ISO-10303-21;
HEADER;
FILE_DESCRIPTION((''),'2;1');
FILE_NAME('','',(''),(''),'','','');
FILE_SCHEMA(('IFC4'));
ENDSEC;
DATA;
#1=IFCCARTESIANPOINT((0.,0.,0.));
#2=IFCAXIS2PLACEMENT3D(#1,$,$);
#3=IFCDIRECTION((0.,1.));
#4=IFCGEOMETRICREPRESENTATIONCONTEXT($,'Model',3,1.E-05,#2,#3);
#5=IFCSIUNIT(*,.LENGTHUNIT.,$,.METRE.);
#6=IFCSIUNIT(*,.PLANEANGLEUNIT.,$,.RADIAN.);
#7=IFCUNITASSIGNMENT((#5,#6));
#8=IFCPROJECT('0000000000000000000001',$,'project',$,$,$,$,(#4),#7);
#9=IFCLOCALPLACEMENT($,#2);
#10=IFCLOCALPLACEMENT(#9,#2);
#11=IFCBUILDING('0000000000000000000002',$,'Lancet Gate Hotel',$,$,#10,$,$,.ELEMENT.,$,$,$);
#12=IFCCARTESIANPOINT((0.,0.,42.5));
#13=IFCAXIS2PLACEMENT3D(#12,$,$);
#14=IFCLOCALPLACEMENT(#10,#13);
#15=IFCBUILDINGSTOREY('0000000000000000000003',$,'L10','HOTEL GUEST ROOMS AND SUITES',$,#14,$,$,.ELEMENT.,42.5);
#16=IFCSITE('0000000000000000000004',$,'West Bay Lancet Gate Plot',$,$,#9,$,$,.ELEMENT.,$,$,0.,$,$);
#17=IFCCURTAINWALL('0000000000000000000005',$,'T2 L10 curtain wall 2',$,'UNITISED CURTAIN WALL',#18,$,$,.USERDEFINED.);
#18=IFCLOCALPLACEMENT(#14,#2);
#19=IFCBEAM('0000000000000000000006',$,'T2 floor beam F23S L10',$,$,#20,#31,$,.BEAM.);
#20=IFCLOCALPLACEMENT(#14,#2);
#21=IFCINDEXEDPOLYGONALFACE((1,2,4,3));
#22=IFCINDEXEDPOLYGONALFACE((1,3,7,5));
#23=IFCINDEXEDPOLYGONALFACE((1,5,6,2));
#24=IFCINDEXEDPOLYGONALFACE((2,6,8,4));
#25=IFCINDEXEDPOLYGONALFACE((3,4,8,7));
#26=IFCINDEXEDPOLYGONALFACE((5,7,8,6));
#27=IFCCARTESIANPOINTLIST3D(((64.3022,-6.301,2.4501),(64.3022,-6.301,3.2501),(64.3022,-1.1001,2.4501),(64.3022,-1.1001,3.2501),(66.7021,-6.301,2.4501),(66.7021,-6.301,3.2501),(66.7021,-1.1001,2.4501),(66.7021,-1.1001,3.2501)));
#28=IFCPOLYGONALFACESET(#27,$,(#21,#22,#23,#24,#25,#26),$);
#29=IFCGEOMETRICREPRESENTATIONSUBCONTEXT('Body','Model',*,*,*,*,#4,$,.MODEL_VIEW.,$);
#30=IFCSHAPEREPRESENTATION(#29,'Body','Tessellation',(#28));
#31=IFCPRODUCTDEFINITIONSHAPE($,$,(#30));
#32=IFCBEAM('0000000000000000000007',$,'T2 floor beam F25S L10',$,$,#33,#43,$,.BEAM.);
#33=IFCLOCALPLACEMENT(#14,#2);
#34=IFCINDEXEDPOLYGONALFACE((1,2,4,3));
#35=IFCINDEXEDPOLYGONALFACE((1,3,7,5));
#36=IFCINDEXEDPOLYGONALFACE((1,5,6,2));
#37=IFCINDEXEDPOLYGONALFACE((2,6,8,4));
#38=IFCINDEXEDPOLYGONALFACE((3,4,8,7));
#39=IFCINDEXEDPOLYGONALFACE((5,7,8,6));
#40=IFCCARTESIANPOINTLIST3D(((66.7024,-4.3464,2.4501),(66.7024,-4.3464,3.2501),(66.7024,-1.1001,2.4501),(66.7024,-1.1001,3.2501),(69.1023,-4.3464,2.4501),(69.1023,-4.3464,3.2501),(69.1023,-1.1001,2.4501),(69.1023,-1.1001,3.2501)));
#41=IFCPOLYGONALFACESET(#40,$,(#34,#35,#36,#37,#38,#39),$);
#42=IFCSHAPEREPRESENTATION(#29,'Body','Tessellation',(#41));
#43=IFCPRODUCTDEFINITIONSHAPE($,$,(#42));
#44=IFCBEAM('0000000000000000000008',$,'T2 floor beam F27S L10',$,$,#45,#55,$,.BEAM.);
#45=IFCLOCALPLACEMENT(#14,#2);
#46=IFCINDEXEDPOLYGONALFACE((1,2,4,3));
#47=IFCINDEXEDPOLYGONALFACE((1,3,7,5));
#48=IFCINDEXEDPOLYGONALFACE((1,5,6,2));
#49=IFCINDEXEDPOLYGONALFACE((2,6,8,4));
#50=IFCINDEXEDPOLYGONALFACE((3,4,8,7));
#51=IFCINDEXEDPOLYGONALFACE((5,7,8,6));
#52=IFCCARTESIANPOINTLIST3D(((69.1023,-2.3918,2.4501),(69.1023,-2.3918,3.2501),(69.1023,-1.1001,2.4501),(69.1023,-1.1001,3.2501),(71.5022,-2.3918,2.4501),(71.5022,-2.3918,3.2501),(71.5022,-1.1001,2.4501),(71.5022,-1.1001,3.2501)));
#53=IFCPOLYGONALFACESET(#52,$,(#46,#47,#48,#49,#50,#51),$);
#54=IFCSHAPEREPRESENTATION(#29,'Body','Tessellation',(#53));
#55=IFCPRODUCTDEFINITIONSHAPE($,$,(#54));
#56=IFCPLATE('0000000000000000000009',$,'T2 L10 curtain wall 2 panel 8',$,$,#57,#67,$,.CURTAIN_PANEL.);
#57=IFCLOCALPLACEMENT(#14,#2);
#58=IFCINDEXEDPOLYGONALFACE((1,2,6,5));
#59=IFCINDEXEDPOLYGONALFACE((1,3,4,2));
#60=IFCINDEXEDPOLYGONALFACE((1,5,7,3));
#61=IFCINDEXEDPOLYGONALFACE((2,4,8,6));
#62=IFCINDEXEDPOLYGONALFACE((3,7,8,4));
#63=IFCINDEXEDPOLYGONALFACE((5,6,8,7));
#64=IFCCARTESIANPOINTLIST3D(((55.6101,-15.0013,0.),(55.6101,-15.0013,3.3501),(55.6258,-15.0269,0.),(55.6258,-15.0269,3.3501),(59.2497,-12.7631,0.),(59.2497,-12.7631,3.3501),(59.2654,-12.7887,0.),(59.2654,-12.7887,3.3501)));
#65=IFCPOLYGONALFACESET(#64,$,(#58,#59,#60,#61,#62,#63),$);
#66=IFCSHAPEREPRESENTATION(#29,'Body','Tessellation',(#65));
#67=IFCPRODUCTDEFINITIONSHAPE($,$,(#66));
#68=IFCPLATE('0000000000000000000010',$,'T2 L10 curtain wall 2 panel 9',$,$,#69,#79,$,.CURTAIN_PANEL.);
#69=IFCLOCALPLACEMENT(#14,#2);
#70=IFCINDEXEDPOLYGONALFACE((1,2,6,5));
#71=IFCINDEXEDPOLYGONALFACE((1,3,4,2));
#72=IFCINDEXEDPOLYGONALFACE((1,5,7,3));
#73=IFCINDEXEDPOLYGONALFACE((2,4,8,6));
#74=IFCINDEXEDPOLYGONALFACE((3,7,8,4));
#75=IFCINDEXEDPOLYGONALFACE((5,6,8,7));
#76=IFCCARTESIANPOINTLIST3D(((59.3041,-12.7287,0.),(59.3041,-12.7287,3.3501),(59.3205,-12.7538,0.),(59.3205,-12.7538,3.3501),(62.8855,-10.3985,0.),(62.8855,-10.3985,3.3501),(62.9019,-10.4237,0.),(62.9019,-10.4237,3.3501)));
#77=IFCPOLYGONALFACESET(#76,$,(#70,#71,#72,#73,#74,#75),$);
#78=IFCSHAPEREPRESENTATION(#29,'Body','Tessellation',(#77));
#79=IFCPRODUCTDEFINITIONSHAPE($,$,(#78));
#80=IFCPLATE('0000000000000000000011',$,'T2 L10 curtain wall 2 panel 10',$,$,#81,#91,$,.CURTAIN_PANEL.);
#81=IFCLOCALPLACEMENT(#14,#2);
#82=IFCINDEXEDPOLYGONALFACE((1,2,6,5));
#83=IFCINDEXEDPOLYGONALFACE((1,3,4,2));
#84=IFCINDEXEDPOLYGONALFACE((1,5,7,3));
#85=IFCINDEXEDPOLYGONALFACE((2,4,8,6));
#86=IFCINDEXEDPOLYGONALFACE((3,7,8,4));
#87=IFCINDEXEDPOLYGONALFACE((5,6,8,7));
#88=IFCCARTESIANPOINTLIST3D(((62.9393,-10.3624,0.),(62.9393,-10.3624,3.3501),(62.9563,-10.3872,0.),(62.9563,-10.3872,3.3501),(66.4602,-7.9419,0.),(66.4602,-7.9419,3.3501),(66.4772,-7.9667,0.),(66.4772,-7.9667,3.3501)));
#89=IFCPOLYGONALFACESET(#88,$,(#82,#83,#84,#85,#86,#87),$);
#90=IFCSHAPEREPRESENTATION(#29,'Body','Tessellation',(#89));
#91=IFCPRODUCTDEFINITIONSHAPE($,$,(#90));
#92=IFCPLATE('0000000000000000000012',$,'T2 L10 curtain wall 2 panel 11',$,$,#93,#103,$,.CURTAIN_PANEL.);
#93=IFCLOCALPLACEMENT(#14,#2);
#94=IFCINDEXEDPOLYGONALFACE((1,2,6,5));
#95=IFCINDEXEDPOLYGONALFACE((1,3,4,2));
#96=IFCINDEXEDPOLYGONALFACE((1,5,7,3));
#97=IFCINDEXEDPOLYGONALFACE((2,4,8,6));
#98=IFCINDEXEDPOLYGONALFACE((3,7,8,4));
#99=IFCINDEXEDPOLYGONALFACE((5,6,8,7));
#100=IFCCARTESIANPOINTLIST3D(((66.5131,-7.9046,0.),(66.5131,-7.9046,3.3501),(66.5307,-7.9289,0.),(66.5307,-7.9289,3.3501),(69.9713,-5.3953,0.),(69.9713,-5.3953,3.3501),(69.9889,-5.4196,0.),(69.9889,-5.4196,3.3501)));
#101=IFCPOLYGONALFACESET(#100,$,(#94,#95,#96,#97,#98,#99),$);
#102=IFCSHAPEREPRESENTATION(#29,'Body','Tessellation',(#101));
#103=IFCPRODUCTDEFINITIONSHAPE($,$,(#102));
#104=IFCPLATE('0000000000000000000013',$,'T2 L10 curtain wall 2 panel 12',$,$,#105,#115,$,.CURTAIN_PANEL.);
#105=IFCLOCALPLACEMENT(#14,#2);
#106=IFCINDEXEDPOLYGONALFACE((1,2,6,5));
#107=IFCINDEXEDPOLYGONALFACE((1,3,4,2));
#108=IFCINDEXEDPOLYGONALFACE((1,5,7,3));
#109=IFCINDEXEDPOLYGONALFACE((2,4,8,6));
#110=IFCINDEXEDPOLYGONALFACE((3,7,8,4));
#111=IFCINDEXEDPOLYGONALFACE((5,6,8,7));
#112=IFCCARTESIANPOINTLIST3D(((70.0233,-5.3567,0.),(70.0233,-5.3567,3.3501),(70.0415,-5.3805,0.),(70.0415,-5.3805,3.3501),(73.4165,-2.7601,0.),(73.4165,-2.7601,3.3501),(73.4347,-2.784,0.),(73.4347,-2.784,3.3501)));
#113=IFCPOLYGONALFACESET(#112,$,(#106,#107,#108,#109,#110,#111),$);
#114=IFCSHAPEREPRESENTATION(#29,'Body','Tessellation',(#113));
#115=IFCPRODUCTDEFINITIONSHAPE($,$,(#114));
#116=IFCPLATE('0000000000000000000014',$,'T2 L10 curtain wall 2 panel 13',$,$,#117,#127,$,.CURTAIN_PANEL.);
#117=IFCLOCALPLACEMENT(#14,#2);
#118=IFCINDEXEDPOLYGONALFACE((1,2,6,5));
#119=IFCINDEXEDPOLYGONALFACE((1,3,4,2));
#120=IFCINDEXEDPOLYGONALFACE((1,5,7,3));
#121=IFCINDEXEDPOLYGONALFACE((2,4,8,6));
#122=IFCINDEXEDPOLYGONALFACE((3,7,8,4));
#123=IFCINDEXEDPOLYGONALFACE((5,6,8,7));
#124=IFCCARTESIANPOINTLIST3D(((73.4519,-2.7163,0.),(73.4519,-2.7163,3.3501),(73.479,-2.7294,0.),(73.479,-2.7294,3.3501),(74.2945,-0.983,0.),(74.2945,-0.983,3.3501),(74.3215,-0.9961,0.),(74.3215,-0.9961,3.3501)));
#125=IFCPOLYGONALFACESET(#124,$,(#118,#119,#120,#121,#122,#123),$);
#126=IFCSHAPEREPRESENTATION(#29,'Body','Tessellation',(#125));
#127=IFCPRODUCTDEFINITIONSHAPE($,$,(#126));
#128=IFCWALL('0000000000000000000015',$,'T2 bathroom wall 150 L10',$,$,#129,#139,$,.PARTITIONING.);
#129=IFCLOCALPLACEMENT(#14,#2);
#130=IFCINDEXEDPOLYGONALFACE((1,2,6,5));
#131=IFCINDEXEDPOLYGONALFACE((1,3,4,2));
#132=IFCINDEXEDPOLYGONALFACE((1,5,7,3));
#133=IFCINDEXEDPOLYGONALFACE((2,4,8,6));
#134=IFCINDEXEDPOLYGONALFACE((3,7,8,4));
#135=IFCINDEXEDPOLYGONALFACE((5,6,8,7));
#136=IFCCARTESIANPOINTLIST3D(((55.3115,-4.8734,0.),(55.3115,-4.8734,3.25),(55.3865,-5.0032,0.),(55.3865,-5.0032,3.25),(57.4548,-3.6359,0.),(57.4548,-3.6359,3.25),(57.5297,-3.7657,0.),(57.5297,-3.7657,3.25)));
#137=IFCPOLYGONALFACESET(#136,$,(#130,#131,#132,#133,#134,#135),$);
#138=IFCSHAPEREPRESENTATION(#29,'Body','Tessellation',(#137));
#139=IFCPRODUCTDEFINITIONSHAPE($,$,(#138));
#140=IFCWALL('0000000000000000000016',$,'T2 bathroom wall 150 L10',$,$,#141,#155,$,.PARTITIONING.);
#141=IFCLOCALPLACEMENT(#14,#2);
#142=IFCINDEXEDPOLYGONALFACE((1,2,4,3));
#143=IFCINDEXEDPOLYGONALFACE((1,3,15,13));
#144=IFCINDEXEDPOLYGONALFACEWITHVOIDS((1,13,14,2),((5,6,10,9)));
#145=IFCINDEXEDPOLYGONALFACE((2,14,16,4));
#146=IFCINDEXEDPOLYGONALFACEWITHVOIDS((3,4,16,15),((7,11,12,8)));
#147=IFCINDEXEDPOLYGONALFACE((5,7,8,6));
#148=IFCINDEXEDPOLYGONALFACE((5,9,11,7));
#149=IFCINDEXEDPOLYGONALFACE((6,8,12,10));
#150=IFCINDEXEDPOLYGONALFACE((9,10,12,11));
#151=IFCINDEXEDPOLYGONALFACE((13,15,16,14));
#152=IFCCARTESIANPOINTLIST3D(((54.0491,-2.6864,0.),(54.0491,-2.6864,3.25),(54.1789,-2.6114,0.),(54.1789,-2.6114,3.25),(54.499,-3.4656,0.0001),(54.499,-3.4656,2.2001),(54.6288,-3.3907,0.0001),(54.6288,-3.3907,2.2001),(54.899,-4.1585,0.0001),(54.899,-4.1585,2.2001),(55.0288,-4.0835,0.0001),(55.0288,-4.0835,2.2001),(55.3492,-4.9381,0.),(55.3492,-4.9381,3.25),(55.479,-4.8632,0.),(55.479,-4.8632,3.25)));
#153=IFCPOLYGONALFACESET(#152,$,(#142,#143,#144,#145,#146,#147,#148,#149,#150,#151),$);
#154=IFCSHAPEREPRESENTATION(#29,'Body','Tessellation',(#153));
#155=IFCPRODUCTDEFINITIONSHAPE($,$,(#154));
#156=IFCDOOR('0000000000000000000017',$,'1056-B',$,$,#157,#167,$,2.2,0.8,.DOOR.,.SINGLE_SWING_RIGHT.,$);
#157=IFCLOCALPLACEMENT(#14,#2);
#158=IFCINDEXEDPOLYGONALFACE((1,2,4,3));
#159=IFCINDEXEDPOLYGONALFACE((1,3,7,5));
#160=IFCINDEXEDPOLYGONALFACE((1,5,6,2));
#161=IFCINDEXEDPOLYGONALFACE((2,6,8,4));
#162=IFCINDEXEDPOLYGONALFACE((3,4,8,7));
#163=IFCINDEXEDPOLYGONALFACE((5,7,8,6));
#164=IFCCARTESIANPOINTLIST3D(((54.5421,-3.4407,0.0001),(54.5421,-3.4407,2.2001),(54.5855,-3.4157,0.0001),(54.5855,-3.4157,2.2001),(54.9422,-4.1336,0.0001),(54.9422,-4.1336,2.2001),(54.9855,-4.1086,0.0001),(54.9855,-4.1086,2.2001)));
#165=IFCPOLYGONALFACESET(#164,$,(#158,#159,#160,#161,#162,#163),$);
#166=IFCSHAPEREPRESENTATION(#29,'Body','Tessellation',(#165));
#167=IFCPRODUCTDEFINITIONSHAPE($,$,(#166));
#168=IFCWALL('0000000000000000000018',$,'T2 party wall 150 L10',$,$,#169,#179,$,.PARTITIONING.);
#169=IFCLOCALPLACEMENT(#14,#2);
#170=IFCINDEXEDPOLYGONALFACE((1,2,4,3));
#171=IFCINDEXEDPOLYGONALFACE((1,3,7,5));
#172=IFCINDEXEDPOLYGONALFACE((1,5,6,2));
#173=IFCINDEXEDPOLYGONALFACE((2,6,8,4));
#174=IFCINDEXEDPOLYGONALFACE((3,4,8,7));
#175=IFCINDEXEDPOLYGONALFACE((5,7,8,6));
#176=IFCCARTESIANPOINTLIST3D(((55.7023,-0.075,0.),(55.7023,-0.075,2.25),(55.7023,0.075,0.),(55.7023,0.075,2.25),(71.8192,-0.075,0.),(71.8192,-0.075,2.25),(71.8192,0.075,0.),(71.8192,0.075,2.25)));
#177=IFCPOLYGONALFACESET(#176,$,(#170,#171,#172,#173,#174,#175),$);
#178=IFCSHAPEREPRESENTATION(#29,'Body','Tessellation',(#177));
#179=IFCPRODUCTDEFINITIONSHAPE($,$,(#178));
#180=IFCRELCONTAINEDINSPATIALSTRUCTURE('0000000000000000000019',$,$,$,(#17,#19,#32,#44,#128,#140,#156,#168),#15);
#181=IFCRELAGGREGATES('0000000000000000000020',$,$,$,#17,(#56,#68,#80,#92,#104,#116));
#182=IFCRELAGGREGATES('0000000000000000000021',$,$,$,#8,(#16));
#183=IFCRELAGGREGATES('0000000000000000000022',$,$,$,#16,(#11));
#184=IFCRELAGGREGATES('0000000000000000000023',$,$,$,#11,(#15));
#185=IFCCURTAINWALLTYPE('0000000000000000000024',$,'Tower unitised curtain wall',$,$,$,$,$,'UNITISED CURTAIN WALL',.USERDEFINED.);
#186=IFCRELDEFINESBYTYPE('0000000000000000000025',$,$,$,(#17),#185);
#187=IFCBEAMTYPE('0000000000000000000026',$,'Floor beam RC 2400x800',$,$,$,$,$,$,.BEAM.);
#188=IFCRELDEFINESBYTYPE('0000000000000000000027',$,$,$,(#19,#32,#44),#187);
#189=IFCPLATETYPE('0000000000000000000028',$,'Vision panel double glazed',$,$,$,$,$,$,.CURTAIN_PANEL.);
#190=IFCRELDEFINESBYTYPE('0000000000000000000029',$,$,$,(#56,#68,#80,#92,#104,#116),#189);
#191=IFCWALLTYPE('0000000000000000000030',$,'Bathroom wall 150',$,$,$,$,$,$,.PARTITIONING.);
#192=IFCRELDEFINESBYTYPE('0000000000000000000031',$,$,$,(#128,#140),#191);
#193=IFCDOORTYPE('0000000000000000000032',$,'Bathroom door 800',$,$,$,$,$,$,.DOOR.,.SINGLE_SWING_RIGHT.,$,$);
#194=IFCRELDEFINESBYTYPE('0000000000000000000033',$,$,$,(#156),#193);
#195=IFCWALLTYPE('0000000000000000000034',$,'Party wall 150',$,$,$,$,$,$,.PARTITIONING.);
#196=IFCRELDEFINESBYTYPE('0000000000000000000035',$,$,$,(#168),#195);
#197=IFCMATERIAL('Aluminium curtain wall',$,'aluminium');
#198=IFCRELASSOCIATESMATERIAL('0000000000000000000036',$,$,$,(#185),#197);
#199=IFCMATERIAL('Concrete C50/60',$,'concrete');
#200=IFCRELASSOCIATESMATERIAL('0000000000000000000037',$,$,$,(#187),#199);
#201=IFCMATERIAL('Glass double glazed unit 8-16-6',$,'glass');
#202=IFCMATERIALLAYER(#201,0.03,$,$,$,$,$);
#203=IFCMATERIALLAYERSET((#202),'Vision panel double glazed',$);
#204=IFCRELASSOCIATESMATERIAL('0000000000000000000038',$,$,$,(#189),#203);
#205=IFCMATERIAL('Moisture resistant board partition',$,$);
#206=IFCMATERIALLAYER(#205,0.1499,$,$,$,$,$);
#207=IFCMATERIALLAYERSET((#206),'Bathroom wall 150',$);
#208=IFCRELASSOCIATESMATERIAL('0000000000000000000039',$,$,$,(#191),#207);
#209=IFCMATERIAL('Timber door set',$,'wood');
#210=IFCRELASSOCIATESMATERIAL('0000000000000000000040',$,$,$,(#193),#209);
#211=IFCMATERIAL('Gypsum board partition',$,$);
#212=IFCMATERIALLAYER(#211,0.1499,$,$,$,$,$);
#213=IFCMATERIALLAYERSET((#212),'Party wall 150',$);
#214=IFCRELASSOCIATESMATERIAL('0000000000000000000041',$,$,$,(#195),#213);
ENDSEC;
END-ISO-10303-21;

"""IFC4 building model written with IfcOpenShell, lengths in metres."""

from ifc_helpers import new_model, si_unit, direction, frame, frame_2d, origin, origin_2d, place, context, subcontext, project, spatial, rectangle, extrude, material, layer, layer_set, material_profile, profile_set, type_object, element, fill, aggregate, save


model = new_model("IFC4")

# Units and contexts
model_context = context("Model", 3, precision=1e-05, world=origin(), true_north=direction((0.0, 1.0)))
body_context = subcontext(model_context, "Body", "Model", "MODEL_VIEW")
ifc_project = project(units=[si_unit("LENGTHUNIT", "METRE"), si_unit("PLANEANGLEUNIT", "RADIAN")], contexts=[model_context])

# Site, building, storey
site_placement = place(None, origin())
site = spatial("IfcSite", under=ifc_project, at=site_placement, Name="West Bay Lancet Gate Plot", CompositionType="ELEMENT", RefElevation=0.0)
building_placement = place(site_placement, origin())
building = spatial("IfcBuilding", under=site, at=building_placement, Name="Lancet Gate Hotel", CompositionType="ELEMENT")
storey_placement = place(building_placement, frame((0.0, 0.0, 42.5)))
storey = spatial("IfcBuildingStorey", under=building, at=storey_placement, Name="L10", Description="HOTEL GUEST ROOMS AND SUITES", CompositionType="ELEMENT", Elevation=42.5)

# Curtain wall
ifc_material_1 = material(Name="Aluminium curtain wall", Category="aluminium")
curtain_wall_type = type_object("IfcCurtainWallType", Name="Tower unitised curtain wall", ElementType="UNITISED CURTAIN WALL", PredefinedType="USERDEFINED", material=ifc_material_1)
curtain_wall_placement = place(storey_placement, origin())
curtain_wall = element("IfcCurtainWall", 1, at=curtain_wall_placement, inside=storey, type_object=curtain_wall_type, Name="T2 L10 curtain wall 2", ObjectType="UNITISED CURTAIN WALL", PredefinedType="USERDEFINED")

# Beams
ifc_material_2 = material(Name="Concrete C50/60", Category="concrete")
ifc_material_profile_1 = material_profile(ifc_material_2, rectangle(XDim=2.3999, YDim=0.8, at=origin_2d()), Name="RC 2400x800")
ifc_profile_set_1 = profile_set([ifc_material_profile_1], Name="Concrete C50/60")
beam_type_1 = type_object("IfcBeamType", Name="Floor beam RC 2400x800", PredefinedType="BEAM", material=ifc_profile_set_1)
beam_1_placement = place(storey_placement, frame((65.5022, -6.301, 2.8501), z_axis=(0.0, 1.0, 0.0), x_axis=(-1.0, 0.0, 0.0)))
element("IfcBeam", 2, at=beam_1_placement, inside=storey, type_object=beam_type_1, Name="T2 floor beam F23S L10", PredefinedType="BEAM", context=body_context, shape_type="SweptSolid", body=[
    extrude(rectangle(XDim=2.3999, YDim=0.8, at=origin_2d()), origin(), (0.0, 0.0, 1.0), 5.2009),
])
beam_2_placement = place(storey_placement, frame((67.9023, -4.3464, 2.8501), z_axis=(0.0, 1.0, 0.0), x_axis=(-1.0, 0.0, 0.0)))
element("IfcBeam", 3, at=beam_2_placement, inside=storey, type_object=beam_type_1, Name="T2 floor beam F25S L10", PredefinedType="BEAM", context=body_context, shape_type="SweptSolid", body=[
    extrude(rectangle(XDim=2.3999, YDim=0.8, at=origin_2d()), origin(), (0.0, 0.0, 1.0), 3.2463),
])
beam_3_placement = place(storey_placement, frame((70.3022, -2.3918, 2.8501), z_axis=(0.0, 1.0, 0.0), x_axis=(-1.0, 0.0, 0.0)))
element("IfcBeam", 4, at=beam_3_placement, inside=storey, type_object=beam_type_1, Name="T2 floor beam F27S L10", PredefinedType="BEAM", context=body_context, shape_type="SweptSolid", body=[
    extrude(rectangle(XDim=2.3999, YDim=0.8, at=origin_2d()), origin(), (0.0, 0.0, 1.0), 1.2917),
])

# Plates
ifc_material_3 = material(Name="Glass double glazed unit 8-16-6", Category="glass")
ifc_layer_1 = layer(ifc_material_3, 0.03)
ifc_layer_set_1 = layer_set([ifc_layer_1], Name="Vision panel double glazed")
plate_type = type_object("IfcPlateType", Name="Vision panel double glazed", PredefinedType="CURTAIN_PANEL", material=ifc_layer_set_1)
plate_1_placement = place(storey_placement, frame((57.4377, -13.895, 0.0), z_axis=(0.0, 0.0, 1.0), x_axis=(0.851815, 0.523842, 0.0)))
plate_1 = element("IfcPlate", 5, at=plate_1_placement, type_object=plate_type, Name="T2 L10 curtain wall 2 panel 8", PredefinedType="CURTAIN_PANEL", context=body_context, shape_type="SweptSolid", body=[
    extrude(rectangle(XDim=4.2727, YDim=0.03, at=origin_2d()), origin(), (0.0, 0.0, 1.0), 3.3501),
])
plate_2_placement = place(storey_placement, frame((61.103, -11.5762, 0.0), z_axis=(0.0, 0.0, 1.0), x_axis=(0.838207, 0.545353, 0.0)))
plate_2 = element("IfcPlate", 6, at=plate_2_placement, type_object=plate_type, Name="T2 L10 curtain wall 2 panel 9", PredefinedType="CURTAIN_PANEL", context=body_context, shape_type="SweptSolid", body=[
    extrude(rectangle(XDim=4.2727, YDim=0.03, at=origin_2d()), origin(), (0.0, 0.0, 1.0), 3.3501),
])
plate_3_placement = place(storey_placement, frame((64.7083, -9.1646, 0.0), z_axis=(0.0, 0.0, 1.0), x_axis=(0.824055, 0.566509, 0.0)))
plate_3 = element("IfcPlate", 7, at=plate_3_placement, type_object=plate_type, Name="T2 L10 curtain wall 2 panel 10", PredefinedType="CURTAIN_PANEL", context=body_context, shape_type="SweptSolid", body=[
    extrude(rectangle(XDim=4.2727, YDim=0.03, at=origin_2d()), origin(), (0.0, 0.0, 1.0), 3.3501),
])
plate_4_placement = place(storey_placement, frame((68.251, -6.6621, 0.0), z_axis=(0.0, 0.0, 1.0), x_axis=(0.80937, 0.587299, 0.0)))
plate_4 = element("IfcPlate", 8, at=plate_4_placement, type_object=plate_type, Name="T2 L10 curtain wall 2 panel 11", PredefinedType="CURTAIN_PANEL", context=body_context, shape_type="SweptSolid", body=[
    extrude(rectangle(XDim=4.2727, YDim=0.03, at=origin_2d()), origin(), (0.0, 0.0, 1.0), 3.3501),
])
plate_5_placement = place(storey_placement, frame((71.729, -4.0703, 0.0), z_axis=(0.0, 0.0, 1.0), x_axis=(0.79416, 0.607709, 0.0)))
plate_5 = element("IfcPlate", 9, at=plate_5_placement, type_object=plate_type, Name="T2 L10 curtain wall 2 panel 12", PredefinedType="CURTAIN_PANEL", context=body_context, shape_type="SweptSolid", body=[
    extrude(rectangle(XDim=4.2727, YDim=0.03, at=origin_2d()), origin(), (0.0, 0.0, 1.0), 3.3501),
])
plate_6_placement = place(storey_placement, frame((73.8867, -1.8562, 0.0), z_axis=(0.0, 0.0, 1.0), x_axis=(0.437169, 0.899379, 0.0)))
plate_6 = element("IfcPlate", 10, at=plate_6_placement, type_object=plate_type, Name="T2 L10 curtain wall 2 panel 13", PredefinedType="CURTAIN_PANEL", context=body_context, shape_type="SweptSolid", body=[
    extrude(rectangle(XDim=1.9272, YDim=0.03, at=origin_2d()), origin(), (0.0, 0.0, 1.0), 3.3501),
])
aggregate(curtain_wall, [plate_1, plate_2, plate_3, plate_4, plate_5, plate_6])

# Wall
ifc_material_4 = material(Name="Moisture resistant board partition")
ifc_layer_2 = layer(ifc_material_4, 0.1499)
ifc_layer_set_2 = layer_set([ifc_layer_2], Name="Bathroom wall 150")
wall_type_1 = type_object("IfcWallType", Name="Bathroom wall 150", PredefinedType="PARTITIONING", material=ifc_layer_set_2)
wall_1_placement = place(storey_placement, frame((55.3491, -4.9382, 0.0), z_axis=(0.0, 0.0, 1.0), x_axis=(0.866007, 0.500033, 0.0)))
element("IfcWall", 11, at=wall_1_placement, inside=storey, type_object=wall_type_1, Name="T2 bathroom wall 150 L10", PredefinedType="PARTITIONING", context=body_context, shape_type="SweptSolid", body=[
    extrude(rectangle(XDim=2.4749, YDim=0.1499, at=frame_2d((1.2373, 0.0))), origin(), (0.0, 0.0, 1.0), 3.25),
])

# Wall, opening, door
wall_2_placement = place(storey_placement, frame((54.114, -2.6489, 0.0), z_axis=(0.0, 0.0, 1.0), x_axis=(0.500007, -0.866021, 0.0)))
wall_2 = element("IfcWall", 12, at=wall_2_placement, inside=storey, type_object=wall_type_1, Name="T2 bathroom wall 150 L10", PredefinedType="PARTITIONING", context=body_context, shape_type="SweptSolid", body=[
    extrude(rectangle(XDim=2.6001, YDim=0.1499, at=frame_2d((1.3, 0.0))), origin(), (0.0, 0.0, 1.0), 3.25),
])
opening_placement = place(wall_2_placement, frame((0.8999, 0.0, 0.0)))
opening = element("IfcOpeningElement", 13, at=opening_placement, cuts=wall_2, PredefinedType="OPENING", context=body_context, shape_type="SweptSolid", body=[
    extrude(rectangle(XDim=0.8, YDim=2.2, at=frame_2d((0.3999, 1.1001))), frame((0.0, 0.085, 0.0), z_axis=(0.0, -1.0, 0.0), x_axis=(1.0, 0.0, 0.0)), (0.0, 0.0, 1.0), 0.1699),
])
ifc_material_5 = material(Name="Timber door set", Category="wood")
door_type = type_object("IfcDoorType", Name="Bathroom door 800", OperationType="SINGLE_SWING_RIGHT", PredefinedType="DOOR", material=ifc_material_5)
door_placement = place(opening_placement, origin())
door = element("IfcDoor", 14, at=door_placement, inside=storey, type_object=door_type, Name="1056-B", OperationType="SINGLE_SWING_RIGHT", OverallHeight=2.2, OverallWidth=0.8, PredefinedType="DOOR", context=body_context, shape_type="SweptSolid", body=[
    extrude(rectangle(XDim=0.8, YDim=2.2, at=frame_2d((0.3999, 1.1001))), frame((0.0, 0.0249, 0.0), z_axis=(0.0, -1.0, 0.0), x_axis=(1.0, 0.0, 0.0)), (0.0, 0.0, 1.0), 0.05),
])
fill(opening, door)

# Wall
ifc_material_6 = material(Name="Gypsum board partition")
ifc_layer_3 = layer(ifc_material_6, 0.1499)
ifc_layer_set_3 = layer_set([ifc_layer_3], Name="Party wall 150")
wall_type_2 = type_object("IfcWallType", Name="Party wall 150", PredefinedType="PARTITIONING", material=ifc_layer_set_3)
wall_3_placement = place(storey_placement, frame((55.7021, 0.0, 0.0), z_axis=(0.0, 0.0, 1.0), x_axis=(1.0, 0.0, 0.0)))
element("IfcWall", 15, at=wall_3_placement, inside=storey, type_object=wall_type_2, Name="T2 party wall 150 L10", PredefinedType="PARTITIONING", context=body_context, shape_type="SweptSolid", body=[
    extrude(rectangle(XDim=16.1169, YDim=0.1499, at=frame_2d((8.0586, 0.0))), origin(), (0.0, 0.0, 1.0), 2.25),
])

save(model, "model.ifc")
